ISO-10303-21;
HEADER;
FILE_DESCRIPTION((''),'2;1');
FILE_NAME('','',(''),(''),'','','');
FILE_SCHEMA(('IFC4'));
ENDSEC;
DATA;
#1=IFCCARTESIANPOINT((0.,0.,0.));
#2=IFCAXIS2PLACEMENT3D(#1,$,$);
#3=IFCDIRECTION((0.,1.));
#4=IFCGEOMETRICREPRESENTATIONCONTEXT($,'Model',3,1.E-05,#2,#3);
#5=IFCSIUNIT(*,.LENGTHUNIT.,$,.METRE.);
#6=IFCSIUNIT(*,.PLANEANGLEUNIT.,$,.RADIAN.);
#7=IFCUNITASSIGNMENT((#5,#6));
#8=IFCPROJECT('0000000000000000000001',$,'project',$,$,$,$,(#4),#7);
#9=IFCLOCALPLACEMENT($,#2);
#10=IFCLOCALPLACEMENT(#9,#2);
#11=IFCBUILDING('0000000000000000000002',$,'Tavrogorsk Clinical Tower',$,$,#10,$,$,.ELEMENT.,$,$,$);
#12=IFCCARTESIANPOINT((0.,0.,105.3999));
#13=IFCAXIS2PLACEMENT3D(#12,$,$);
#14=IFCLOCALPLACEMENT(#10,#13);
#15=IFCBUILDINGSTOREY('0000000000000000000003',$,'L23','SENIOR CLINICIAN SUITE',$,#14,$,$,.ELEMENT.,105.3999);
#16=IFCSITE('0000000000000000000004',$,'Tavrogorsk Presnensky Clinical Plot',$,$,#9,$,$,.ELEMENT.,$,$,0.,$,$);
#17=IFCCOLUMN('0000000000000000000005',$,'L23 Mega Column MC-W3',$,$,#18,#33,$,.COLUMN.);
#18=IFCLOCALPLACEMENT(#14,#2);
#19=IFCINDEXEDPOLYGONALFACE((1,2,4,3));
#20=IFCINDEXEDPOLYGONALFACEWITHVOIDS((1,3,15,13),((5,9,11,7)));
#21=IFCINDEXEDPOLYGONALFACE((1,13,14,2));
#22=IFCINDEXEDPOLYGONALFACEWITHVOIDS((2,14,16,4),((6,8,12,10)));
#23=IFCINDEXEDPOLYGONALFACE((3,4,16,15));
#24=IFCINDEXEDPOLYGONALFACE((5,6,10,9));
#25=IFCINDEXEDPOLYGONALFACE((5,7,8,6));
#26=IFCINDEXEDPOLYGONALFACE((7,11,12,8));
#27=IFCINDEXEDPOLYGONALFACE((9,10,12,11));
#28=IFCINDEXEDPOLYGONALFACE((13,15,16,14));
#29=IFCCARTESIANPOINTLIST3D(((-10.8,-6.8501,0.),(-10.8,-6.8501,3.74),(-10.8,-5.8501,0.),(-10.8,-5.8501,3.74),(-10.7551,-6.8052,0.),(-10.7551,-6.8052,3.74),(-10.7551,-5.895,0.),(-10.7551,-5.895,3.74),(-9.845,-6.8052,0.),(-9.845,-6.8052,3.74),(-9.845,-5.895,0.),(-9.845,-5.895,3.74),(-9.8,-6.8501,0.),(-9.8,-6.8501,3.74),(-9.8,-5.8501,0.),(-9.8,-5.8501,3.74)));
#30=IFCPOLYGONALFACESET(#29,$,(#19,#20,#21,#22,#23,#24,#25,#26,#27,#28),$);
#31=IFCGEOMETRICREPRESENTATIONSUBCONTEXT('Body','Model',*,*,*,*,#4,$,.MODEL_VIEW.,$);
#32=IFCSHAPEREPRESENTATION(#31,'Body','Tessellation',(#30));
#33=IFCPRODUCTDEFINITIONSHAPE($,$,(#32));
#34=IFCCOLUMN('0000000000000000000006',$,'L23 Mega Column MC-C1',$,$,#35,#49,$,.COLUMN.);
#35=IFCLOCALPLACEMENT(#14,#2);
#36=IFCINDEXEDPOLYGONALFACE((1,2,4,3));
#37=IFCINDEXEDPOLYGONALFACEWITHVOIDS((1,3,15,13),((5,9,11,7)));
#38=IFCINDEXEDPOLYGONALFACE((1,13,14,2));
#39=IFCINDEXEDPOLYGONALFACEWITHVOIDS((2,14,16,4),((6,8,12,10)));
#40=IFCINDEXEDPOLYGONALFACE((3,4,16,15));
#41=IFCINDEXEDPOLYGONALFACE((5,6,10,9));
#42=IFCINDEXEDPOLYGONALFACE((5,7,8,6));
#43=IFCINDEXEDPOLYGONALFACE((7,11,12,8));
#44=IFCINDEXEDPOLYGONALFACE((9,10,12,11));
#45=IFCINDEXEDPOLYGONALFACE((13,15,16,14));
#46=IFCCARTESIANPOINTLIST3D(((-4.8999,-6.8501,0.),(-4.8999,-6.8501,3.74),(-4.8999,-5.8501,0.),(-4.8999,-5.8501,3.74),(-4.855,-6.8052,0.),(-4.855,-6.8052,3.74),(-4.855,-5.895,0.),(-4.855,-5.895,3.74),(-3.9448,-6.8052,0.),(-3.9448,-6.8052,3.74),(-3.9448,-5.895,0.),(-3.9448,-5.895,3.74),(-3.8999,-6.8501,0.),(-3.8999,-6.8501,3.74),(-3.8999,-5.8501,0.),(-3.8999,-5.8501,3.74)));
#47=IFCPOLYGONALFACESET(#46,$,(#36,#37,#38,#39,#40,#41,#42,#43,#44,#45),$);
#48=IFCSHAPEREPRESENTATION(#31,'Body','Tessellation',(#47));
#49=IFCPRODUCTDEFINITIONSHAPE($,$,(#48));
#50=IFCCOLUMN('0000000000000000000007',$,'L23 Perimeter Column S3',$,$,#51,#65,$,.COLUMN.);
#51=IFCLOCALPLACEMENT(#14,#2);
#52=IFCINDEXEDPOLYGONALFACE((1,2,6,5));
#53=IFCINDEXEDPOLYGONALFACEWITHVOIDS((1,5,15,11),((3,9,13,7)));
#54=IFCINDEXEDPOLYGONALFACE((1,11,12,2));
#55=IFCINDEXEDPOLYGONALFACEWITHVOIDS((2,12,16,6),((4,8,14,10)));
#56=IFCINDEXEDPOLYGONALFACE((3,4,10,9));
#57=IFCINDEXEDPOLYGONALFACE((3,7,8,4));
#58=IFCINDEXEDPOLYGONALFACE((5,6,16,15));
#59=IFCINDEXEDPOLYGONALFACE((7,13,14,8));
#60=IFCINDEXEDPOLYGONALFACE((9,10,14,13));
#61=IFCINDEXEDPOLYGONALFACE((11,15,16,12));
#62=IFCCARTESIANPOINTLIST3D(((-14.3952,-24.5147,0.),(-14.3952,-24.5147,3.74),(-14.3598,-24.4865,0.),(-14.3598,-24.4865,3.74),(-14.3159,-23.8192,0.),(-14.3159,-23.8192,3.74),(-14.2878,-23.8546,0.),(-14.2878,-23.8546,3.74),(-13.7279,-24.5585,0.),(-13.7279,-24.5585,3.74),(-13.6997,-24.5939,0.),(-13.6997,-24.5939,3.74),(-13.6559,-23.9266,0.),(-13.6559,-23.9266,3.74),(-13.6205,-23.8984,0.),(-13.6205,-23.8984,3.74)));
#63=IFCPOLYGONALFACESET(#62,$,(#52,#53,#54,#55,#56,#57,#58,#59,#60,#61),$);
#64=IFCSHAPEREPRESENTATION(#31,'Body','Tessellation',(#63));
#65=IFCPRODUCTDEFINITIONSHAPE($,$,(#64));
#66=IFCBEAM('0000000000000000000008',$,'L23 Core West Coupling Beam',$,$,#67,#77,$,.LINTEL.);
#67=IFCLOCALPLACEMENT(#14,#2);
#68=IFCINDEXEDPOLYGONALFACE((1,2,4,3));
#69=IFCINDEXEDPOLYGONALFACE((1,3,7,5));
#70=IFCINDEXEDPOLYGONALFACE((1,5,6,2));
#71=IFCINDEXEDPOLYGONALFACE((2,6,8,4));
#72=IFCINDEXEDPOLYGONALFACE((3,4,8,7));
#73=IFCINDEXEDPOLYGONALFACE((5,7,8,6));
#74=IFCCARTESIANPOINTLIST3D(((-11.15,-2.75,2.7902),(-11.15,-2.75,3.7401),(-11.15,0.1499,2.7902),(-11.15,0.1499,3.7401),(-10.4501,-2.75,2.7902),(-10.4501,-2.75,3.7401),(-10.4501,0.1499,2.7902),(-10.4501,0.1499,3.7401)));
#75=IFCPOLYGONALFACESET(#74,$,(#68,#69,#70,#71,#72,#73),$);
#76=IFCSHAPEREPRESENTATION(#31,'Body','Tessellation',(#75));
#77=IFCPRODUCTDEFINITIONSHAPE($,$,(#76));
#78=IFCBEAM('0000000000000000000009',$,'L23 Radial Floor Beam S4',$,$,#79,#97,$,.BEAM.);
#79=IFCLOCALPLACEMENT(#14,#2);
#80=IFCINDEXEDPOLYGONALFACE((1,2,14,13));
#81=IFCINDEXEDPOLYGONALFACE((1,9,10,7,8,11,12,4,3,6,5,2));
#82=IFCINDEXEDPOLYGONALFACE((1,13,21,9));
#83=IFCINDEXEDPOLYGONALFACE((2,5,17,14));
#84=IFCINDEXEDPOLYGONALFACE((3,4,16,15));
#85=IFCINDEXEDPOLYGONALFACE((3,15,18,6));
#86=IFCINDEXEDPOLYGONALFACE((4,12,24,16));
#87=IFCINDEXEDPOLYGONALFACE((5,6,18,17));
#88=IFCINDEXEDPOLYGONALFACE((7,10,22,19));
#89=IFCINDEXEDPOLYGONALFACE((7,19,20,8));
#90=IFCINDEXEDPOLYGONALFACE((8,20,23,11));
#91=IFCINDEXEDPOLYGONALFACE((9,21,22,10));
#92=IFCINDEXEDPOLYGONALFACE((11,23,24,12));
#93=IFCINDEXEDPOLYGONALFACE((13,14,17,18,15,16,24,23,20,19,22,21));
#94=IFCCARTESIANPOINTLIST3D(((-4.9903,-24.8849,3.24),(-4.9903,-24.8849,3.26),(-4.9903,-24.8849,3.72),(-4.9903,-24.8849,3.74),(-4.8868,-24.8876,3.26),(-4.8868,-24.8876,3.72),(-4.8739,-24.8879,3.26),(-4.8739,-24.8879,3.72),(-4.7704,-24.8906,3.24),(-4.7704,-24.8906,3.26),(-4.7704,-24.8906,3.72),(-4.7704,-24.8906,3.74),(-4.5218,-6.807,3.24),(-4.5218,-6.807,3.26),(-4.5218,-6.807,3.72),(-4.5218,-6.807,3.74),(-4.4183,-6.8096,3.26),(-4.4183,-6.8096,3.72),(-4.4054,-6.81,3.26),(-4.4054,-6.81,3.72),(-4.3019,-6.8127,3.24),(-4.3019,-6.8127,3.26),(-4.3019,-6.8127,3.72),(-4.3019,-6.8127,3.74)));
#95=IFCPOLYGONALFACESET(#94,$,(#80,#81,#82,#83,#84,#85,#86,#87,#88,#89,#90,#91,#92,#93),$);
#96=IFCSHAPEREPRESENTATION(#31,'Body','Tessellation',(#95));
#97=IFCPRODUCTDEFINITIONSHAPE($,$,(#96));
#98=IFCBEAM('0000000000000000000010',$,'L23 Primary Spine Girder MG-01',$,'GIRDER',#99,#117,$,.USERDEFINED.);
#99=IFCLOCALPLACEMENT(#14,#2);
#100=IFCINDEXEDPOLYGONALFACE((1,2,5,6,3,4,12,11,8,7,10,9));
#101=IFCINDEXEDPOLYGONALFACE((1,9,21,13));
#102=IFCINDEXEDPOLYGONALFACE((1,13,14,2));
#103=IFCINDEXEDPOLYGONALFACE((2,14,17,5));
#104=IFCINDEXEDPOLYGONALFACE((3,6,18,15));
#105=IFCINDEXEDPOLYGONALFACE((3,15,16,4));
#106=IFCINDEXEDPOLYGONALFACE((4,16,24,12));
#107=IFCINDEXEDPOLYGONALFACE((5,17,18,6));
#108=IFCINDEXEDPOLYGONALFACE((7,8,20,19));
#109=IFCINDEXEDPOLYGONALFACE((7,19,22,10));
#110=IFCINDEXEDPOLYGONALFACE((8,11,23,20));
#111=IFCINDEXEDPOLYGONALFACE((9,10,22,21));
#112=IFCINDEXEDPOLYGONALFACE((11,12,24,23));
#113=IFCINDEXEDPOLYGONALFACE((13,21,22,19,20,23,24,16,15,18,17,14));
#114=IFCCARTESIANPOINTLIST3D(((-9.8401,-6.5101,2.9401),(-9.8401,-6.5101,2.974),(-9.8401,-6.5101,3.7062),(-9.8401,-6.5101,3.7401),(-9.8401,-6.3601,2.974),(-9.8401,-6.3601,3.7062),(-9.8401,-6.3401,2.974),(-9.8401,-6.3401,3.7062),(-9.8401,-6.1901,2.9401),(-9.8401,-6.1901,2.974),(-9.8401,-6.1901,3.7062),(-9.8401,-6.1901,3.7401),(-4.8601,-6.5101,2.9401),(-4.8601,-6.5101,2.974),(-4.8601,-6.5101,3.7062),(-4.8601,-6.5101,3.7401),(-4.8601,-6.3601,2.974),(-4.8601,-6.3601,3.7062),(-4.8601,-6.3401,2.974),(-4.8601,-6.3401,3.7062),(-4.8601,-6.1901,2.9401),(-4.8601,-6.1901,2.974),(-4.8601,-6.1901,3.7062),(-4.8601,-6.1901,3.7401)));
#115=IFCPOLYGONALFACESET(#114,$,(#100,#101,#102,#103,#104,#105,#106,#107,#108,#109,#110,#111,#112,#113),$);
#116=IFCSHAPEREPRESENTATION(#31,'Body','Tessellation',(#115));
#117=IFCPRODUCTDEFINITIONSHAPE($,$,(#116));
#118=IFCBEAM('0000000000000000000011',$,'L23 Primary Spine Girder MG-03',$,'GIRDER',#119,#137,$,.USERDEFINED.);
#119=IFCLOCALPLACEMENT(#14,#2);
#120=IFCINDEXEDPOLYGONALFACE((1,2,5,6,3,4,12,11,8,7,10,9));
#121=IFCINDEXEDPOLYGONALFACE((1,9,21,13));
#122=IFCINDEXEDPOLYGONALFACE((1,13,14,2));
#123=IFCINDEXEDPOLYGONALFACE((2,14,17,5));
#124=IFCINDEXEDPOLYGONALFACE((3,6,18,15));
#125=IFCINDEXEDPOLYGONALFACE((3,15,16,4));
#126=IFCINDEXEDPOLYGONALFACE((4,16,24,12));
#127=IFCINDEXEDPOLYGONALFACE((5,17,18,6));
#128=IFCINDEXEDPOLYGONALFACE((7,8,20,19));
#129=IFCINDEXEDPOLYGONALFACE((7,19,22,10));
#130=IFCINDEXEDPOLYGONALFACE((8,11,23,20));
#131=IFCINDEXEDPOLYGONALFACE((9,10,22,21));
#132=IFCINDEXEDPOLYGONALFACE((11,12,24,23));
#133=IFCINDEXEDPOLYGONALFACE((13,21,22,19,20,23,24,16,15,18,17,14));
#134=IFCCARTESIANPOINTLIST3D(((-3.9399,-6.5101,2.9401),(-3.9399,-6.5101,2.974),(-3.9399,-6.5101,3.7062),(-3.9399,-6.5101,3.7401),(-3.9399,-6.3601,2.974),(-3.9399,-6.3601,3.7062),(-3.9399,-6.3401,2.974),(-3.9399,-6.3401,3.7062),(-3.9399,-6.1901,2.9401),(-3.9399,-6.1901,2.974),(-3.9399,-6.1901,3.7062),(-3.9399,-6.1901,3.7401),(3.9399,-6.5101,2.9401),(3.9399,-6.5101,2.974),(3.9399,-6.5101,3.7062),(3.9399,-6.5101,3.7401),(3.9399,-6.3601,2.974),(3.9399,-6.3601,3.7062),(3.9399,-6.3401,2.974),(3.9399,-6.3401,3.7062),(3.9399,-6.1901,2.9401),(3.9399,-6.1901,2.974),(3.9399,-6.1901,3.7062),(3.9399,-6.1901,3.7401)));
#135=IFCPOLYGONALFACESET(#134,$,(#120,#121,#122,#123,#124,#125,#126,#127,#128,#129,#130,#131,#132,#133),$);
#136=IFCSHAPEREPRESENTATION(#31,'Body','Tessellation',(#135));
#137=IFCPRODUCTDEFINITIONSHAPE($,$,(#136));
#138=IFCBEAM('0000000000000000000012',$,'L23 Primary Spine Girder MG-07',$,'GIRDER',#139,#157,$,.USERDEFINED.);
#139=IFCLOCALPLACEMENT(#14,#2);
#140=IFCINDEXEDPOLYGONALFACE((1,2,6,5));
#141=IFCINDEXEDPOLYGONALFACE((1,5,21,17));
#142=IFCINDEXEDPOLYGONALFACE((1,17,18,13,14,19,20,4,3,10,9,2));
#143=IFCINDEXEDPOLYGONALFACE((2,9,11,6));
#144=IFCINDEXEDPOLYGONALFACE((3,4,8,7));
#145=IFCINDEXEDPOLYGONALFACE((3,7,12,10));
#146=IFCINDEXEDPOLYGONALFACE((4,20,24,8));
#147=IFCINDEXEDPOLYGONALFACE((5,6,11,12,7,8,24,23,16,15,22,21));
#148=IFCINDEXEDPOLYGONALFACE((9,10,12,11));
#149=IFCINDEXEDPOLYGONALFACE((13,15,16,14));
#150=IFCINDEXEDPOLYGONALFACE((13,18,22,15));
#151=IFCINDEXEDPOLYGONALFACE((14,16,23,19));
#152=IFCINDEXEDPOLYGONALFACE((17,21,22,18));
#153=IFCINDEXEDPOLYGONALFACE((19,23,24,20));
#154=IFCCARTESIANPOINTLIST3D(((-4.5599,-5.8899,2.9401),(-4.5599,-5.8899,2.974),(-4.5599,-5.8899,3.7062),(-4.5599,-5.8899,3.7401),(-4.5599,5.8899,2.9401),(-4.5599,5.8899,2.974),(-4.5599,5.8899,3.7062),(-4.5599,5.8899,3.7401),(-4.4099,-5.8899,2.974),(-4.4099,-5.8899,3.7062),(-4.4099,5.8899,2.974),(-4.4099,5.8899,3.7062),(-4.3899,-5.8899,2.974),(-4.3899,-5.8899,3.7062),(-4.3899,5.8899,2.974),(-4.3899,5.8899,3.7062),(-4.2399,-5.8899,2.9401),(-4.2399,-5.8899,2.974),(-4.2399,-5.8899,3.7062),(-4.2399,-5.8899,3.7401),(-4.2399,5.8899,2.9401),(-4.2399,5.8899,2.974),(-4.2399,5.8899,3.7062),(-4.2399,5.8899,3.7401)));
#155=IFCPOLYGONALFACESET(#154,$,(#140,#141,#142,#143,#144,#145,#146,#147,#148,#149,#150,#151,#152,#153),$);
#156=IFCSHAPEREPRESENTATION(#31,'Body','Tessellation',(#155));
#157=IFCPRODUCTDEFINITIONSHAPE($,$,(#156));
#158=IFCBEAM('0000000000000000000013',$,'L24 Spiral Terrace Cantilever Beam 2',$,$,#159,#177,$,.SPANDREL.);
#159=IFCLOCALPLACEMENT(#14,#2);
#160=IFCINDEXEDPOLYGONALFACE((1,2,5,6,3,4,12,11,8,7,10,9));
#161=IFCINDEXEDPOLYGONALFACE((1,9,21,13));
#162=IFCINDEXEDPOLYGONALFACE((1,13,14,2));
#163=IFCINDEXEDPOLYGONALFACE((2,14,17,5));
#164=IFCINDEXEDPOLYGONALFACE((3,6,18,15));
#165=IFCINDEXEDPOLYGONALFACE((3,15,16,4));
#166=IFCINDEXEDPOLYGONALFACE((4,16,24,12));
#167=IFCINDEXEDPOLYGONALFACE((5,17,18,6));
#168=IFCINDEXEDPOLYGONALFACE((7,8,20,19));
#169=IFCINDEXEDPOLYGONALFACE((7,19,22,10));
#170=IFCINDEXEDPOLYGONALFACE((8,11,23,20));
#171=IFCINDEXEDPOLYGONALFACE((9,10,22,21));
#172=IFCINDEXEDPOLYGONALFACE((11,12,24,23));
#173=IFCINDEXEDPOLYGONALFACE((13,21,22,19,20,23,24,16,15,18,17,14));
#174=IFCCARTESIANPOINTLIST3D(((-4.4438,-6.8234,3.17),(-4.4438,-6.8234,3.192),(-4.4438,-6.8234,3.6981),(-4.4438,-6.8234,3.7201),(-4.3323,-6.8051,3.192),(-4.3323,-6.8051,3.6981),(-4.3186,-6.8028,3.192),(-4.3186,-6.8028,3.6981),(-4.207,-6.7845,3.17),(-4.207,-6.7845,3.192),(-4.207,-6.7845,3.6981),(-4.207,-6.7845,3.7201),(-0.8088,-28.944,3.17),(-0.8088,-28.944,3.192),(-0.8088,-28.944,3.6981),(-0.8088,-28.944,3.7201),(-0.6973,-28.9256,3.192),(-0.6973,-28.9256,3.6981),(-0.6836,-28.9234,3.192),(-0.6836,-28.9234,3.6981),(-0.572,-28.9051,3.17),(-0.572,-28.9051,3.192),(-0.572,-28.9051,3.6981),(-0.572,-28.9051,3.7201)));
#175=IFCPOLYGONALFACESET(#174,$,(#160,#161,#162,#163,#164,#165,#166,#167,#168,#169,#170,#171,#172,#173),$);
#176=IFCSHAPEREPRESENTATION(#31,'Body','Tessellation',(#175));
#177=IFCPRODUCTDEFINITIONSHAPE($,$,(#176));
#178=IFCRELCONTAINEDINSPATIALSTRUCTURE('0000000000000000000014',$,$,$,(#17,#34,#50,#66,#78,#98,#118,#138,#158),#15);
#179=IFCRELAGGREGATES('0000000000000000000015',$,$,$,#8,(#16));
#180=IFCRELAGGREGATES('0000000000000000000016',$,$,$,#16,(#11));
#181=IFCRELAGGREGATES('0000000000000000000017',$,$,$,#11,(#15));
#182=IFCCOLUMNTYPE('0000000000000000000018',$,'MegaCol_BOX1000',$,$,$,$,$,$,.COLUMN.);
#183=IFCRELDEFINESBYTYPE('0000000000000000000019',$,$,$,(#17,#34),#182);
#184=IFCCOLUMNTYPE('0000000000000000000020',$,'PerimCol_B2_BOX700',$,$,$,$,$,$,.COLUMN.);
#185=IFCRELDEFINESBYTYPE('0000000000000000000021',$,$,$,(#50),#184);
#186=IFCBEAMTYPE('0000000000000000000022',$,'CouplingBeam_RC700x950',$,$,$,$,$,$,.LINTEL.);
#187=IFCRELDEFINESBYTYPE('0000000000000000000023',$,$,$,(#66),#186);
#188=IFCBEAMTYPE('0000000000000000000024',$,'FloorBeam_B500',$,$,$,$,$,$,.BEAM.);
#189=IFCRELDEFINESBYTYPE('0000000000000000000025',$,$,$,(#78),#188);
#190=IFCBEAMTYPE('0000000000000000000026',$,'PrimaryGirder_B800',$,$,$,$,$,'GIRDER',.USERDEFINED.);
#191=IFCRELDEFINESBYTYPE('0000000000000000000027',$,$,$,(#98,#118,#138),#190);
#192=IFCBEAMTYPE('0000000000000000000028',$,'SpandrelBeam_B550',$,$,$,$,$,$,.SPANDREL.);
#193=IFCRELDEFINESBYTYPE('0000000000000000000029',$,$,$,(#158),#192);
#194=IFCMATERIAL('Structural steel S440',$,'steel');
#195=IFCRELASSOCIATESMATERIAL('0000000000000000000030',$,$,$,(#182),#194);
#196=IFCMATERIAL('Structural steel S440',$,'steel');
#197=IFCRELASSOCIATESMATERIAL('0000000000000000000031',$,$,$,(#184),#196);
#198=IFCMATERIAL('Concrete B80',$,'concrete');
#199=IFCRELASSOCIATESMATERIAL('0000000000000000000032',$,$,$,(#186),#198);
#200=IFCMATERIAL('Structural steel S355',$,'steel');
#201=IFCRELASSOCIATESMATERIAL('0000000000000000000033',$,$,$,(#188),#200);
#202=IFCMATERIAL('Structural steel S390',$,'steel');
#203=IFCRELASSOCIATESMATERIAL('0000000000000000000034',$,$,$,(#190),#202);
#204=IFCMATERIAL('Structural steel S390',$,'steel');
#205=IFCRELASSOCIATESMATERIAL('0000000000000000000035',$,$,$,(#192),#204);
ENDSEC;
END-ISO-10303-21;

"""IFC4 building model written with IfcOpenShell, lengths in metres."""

from ifc_helpers import new_model, si_unit, direction, frame, origin, origin_2d, place, context, subcontext, project, spatial, rectangle, hollow_rectangle, i_section, extrude, material, material_profile, profile_set, type_object, element, save


model = new_model("IFC4")

# Units and contexts
model_context = context("Model", 3, precision=1e-05, world=origin(), true_north=direction((0.0, 1.0)))
body_context = subcontext(model_context, "Body", "Model", "MODEL_VIEW")
ifc_project = project(units=[si_unit("LENGTHUNIT", "METRE"), si_unit("PLANEANGLEUNIT", "RADIAN")], contexts=[model_context])

# Site, building, storey
site_placement = place(None, origin())
site = spatial("IfcSite", under=ifc_project, at=site_placement, Name="Tavrogorsk Presnensky Clinical Plot", CompositionType="ELEMENT", RefElevation=0.0)
building_placement = place(site_placement, origin())
building = spatial("IfcBuilding", under=site, at=building_placement, Name="Tavrogorsk Clinical Tower", CompositionType="ELEMENT")
storey_placement = place(building_placement, frame((0.0, 0.0, 105.3999)))
storey = spatial("IfcBuildingStorey", under=building, at=storey_placement, Name="L23", Description="SENIOR CLINICIAN SUITE", CompositionType="ELEMENT", Elevation=105.3999)

# Columns
ifc_material_1 = material(Name="Structural steel S440", Category="steel")
ifc_material_profile_1 = material_profile(ifc_material_1, hollow_rectangle(XDim=1.0, YDim=1.0, WallThickness=0.0449, at=origin_2d()), Name="BOX-1000x1000x45")
ifc_profile_set_1 = profile_set([ifc_material_profile_1], Name="Structural steel S440")
column_type_1 = type_object("IfcColumnType", Name="MegaCol_BOX1000", PredefinedType="COLUMN", material=ifc_profile_set_1)
for number, where, z_axis, x_axis, name in (
    (1, (-10.3, -6.3501, 0.0), (0.0, 0.0, 1.0), (1.0, 0.0, 0.0), "L23 Mega Column MC-W3"),
    (2, (-4.3999, -6.3501, 0.0), (0.0, 0.0, 1.0), (1.0, 0.0, 0.0), "L23 Mega Column MC-C1"),
):
    element("IfcColumn", number, at=place(storey_placement, frame(where, z_axis=z_axis, x_axis=x_axis)), inside=storey, type_object=column_type_1, Name=name, PredefinedType="COLUMN", context=body_context, shape_type="SweptSolid", body=[
        extrude(hollow_rectangle(XDim=1.0, YDim=1.0, WallThickness=0.0449, at=origin_2d()), origin(), (0.0, 0.0, 1.0), 3.74),
    ])
ifc_material_2 = material(Name="Structural steel S440", Category="steel")
ifc_material_profile_2 = material_profile(ifc_material_2, hollow_rectangle(XDim=0.7, YDim=0.7, WallThickness=0.032, at=origin_2d()), Name="BOX-700x700x32")
ifc_profile_set_2 = profile_set([ifc_material_profile_2], Name="Structural steel S440")
column_type_2 = type_object("IfcColumnType", Name="PerimCol_B2_BOX700", PredefinedType="COLUMN", material=ifc_profile_set_2)
column_placement = place(storey_placement, frame((-14.0078, -24.2065, 0.0), z_axis=(0.0, 0.0, 1.0), x_axis=(0.993572, -0.113203, 0.0)))
element("IfcColumn", 3, at=column_placement, inside=storey, type_object=column_type_2, Name="L23 Perimeter Column S3", PredefinedType="COLUMN", context=body_context, shape_type="SweptSolid", body=[
    extrude(hollow_rectangle(XDim=0.7, YDim=0.7, WallThickness=0.032, at=origin_2d()), origin(), (0.0, 0.0, 1.0), 3.74),
])

# Beams
ifc_material_3 = material(Name="Concrete B80", Category="concrete")
ifc_material_profile_3 = material_profile(ifc_material_3, rectangle(XDim=0.7, YDim=0.95, at=origin_2d()), Name="RC-CB-700x950")
ifc_profile_set_3 = profile_set([ifc_material_profile_3], Name="Concrete B80")
beam_type_1 = type_object("IfcBeamType", Name="CouplingBeam_RC700x950", PredefinedType="LINTEL", material=ifc_profile_set_3)
beam_1_placement = place(storey_placement, frame((-10.8, -2.75, 3.2651), z_axis=(0.0, 1.0, 0.0), x_axis=(-1.0, 0.0, 0.0)))
element("IfcBeam", 4, at=beam_1_placement, inside=storey, type_object=beam_type_1, Name="L23 Core West Coupling Beam", PredefinedType="LINTEL", context=body_context, shape_type="SweptSolid", body=[
    extrude(rectangle(XDim=0.7, YDim=0.95, at=origin_2d()), origin(), (0.0, 0.0, 1.0), 2.8999),
])
ifc_material_4 = material(Name="Structural steel S355", Category="steel")
ifc_material_profile_4 = material_profile(ifc_material_4, i_section(OverallWidth=0.22, OverallDepth=0.5, WebThickness=0.0129, FlangeThickness=0.02, at=origin_2d()), Name="B-500x220x13x20")
ifc_profile_set_4 = profile_set([ifc_material_profile_4], Name="Structural steel S355")
beam_type_2 = type_object("IfcBeamType", Name="FloorBeam_B500", PredefinedType="BEAM", material=ifc_profile_set_4)
beam_2_placement = place(storey_placement, frame((-4.4119, -6.8098, 3.49), z_axis=(-0.025907, -0.999664, 0.0), x_axis=(0.999664, -0.025907, 0.0)))
element("IfcBeam", 5, at=beam_2_placement, inside=storey, type_object=beam_type_2, Name="L23 Radial Floor Beam S4", PredefinedType="BEAM", context=body_context, shape_type="SweptSolid", body=[
    extrude(i_section(OverallWidth=0.22, OverallDepth=0.5, WebThickness=0.0129, FlangeThickness=0.02, at=origin_2d()), origin(), (0.0, 0.0, 1.0), 18.084),
])
ifc_material_5 = material(Name="Structural steel S390", Category="steel")
ifc_material_profile_5 = material_profile(ifc_material_5, i_section(OverallWidth=0.3201, OverallDepth=0.8, WebThickness=0.02, FlangeThickness=0.0339, at=origin_2d()), Name="B-800x320x20x34")
ifc_profile_set_5 = profile_set([ifc_material_profile_5], Name="Structural steel S390")
beam_type_3 = type_object("IfcBeamType", Name="PrimaryGirder_B800", ElementType="GIRDER", PredefinedType="USERDEFINED", material=ifc_profile_set_5)
beam_3_placement = place(storey_placement, frame((-9.8401, -6.3501, 3.3401), z_axis=(1.0, 0.0, 0.0), x_axis=(0.0, 1.0, 0.0)))
element("IfcBeam", 6, at=beam_3_placement, inside=storey, type_object=beam_type_3, Name="L23 Primary Spine Girder MG-01", ObjectType="GIRDER", PredefinedType="USERDEFINED", context=body_context, shape_type="SweptSolid", body=[
    extrude(i_section(OverallWidth=0.3201, OverallDepth=0.8, WebThickness=0.02, FlangeThickness=0.0339, at=origin_2d()), origin(), (0.0, 0.0, 1.0), 4.98),
])
beam_4_placement = place(storey_placement, frame((-3.9399, -6.3501, 3.3401), z_axis=(1.0, 0.0, 0.0), x_axis=(0.0, 1.0, 0.0)))
element("IfcBeam", 7, at=beam_4_placement, inside=storey, type_object=beam_type_3, Name="L23 Primary Spine Girder MG-03", ObjectType="GIRDER", PredefinedType="USERDEFINED", context=body_context, shape_type="SweptSolid", body=[
    extrude(i_section(OverallWidth=0.3201, OverallDepth=0.8, WebThickness=0.02, FlangeThickness=0.0339, at=origin_2d()), origin(), (0.0, 0.0, 1.0), 7.8799),
])
beam_5_placement = place(storey_placement, frame((-4.3999, -5.8899, 3.3401), z_axis=(0.0, 1.0, 0.0), x_axis=(-1.0, 0.0, 0.0)))
element("IfcBeam", 8, at=beam_5_placement, inside=storey, type_object=beam_type_3, Name="L23 Primary Spine Girder MG-07", ObjectType="GIRDER", PredefinedType="USERDEFINED", context=body_context, shape_type="SweptSolid", body=[
    extrude(i_section(OverallWidth=0.3201, OverallDepth=0.8, WebThickness=0.02, FlangeThickness=0.0339, at=origin_2d()), origin(), (0.0, 0.0, 1.0), 11.7798),
])
ifc_material_6 = material(Name="Structural steel S390", Category="steel")
ifc_material_profile_6 = material_profile(ifc_material_6, i_section(OverallWidth=0.24, OverallDepth=0.55, WebThickness=0.0139, FlangeThickness=0.022, at=origin_2d()), Name="B-550x240x14x22")
ifc_profile_set_6 = profile_set([ifc_material_profile_6], Name="Structural steel S390")
beam_type_4 = type_object("IfcBeamType", Name="SpandrelBeam_B550", PredefinedType="SPANDREL", material=ifc_profile_set_6)
beam_6_placement = place(storey_placement, frame((-4.3254, -6.804, 3.4451), z_axis=(0.162152, -0.986766, 0.0), x_axis=(0.986766, 0.162152, 0.0)))
element("IfcBeam", 9, at=beam_6_placement, inside=storey, type_object=beam_type_4, Name="L24 Spiral Terrace Cantilever Beam 2", PredefinedType="SPANDREL", context=body_context, shape_type="SweptSolid", body=[
    extrude(i_section(OverallWidth=0.24, OverallDepth=0.55, WebThickness=0.0139, FlangeThickness=0.022, at=origin_2d()), origin(), (0.0, 0.0, 1.0), 22.4172),
])

save(model, "model.ifc")
